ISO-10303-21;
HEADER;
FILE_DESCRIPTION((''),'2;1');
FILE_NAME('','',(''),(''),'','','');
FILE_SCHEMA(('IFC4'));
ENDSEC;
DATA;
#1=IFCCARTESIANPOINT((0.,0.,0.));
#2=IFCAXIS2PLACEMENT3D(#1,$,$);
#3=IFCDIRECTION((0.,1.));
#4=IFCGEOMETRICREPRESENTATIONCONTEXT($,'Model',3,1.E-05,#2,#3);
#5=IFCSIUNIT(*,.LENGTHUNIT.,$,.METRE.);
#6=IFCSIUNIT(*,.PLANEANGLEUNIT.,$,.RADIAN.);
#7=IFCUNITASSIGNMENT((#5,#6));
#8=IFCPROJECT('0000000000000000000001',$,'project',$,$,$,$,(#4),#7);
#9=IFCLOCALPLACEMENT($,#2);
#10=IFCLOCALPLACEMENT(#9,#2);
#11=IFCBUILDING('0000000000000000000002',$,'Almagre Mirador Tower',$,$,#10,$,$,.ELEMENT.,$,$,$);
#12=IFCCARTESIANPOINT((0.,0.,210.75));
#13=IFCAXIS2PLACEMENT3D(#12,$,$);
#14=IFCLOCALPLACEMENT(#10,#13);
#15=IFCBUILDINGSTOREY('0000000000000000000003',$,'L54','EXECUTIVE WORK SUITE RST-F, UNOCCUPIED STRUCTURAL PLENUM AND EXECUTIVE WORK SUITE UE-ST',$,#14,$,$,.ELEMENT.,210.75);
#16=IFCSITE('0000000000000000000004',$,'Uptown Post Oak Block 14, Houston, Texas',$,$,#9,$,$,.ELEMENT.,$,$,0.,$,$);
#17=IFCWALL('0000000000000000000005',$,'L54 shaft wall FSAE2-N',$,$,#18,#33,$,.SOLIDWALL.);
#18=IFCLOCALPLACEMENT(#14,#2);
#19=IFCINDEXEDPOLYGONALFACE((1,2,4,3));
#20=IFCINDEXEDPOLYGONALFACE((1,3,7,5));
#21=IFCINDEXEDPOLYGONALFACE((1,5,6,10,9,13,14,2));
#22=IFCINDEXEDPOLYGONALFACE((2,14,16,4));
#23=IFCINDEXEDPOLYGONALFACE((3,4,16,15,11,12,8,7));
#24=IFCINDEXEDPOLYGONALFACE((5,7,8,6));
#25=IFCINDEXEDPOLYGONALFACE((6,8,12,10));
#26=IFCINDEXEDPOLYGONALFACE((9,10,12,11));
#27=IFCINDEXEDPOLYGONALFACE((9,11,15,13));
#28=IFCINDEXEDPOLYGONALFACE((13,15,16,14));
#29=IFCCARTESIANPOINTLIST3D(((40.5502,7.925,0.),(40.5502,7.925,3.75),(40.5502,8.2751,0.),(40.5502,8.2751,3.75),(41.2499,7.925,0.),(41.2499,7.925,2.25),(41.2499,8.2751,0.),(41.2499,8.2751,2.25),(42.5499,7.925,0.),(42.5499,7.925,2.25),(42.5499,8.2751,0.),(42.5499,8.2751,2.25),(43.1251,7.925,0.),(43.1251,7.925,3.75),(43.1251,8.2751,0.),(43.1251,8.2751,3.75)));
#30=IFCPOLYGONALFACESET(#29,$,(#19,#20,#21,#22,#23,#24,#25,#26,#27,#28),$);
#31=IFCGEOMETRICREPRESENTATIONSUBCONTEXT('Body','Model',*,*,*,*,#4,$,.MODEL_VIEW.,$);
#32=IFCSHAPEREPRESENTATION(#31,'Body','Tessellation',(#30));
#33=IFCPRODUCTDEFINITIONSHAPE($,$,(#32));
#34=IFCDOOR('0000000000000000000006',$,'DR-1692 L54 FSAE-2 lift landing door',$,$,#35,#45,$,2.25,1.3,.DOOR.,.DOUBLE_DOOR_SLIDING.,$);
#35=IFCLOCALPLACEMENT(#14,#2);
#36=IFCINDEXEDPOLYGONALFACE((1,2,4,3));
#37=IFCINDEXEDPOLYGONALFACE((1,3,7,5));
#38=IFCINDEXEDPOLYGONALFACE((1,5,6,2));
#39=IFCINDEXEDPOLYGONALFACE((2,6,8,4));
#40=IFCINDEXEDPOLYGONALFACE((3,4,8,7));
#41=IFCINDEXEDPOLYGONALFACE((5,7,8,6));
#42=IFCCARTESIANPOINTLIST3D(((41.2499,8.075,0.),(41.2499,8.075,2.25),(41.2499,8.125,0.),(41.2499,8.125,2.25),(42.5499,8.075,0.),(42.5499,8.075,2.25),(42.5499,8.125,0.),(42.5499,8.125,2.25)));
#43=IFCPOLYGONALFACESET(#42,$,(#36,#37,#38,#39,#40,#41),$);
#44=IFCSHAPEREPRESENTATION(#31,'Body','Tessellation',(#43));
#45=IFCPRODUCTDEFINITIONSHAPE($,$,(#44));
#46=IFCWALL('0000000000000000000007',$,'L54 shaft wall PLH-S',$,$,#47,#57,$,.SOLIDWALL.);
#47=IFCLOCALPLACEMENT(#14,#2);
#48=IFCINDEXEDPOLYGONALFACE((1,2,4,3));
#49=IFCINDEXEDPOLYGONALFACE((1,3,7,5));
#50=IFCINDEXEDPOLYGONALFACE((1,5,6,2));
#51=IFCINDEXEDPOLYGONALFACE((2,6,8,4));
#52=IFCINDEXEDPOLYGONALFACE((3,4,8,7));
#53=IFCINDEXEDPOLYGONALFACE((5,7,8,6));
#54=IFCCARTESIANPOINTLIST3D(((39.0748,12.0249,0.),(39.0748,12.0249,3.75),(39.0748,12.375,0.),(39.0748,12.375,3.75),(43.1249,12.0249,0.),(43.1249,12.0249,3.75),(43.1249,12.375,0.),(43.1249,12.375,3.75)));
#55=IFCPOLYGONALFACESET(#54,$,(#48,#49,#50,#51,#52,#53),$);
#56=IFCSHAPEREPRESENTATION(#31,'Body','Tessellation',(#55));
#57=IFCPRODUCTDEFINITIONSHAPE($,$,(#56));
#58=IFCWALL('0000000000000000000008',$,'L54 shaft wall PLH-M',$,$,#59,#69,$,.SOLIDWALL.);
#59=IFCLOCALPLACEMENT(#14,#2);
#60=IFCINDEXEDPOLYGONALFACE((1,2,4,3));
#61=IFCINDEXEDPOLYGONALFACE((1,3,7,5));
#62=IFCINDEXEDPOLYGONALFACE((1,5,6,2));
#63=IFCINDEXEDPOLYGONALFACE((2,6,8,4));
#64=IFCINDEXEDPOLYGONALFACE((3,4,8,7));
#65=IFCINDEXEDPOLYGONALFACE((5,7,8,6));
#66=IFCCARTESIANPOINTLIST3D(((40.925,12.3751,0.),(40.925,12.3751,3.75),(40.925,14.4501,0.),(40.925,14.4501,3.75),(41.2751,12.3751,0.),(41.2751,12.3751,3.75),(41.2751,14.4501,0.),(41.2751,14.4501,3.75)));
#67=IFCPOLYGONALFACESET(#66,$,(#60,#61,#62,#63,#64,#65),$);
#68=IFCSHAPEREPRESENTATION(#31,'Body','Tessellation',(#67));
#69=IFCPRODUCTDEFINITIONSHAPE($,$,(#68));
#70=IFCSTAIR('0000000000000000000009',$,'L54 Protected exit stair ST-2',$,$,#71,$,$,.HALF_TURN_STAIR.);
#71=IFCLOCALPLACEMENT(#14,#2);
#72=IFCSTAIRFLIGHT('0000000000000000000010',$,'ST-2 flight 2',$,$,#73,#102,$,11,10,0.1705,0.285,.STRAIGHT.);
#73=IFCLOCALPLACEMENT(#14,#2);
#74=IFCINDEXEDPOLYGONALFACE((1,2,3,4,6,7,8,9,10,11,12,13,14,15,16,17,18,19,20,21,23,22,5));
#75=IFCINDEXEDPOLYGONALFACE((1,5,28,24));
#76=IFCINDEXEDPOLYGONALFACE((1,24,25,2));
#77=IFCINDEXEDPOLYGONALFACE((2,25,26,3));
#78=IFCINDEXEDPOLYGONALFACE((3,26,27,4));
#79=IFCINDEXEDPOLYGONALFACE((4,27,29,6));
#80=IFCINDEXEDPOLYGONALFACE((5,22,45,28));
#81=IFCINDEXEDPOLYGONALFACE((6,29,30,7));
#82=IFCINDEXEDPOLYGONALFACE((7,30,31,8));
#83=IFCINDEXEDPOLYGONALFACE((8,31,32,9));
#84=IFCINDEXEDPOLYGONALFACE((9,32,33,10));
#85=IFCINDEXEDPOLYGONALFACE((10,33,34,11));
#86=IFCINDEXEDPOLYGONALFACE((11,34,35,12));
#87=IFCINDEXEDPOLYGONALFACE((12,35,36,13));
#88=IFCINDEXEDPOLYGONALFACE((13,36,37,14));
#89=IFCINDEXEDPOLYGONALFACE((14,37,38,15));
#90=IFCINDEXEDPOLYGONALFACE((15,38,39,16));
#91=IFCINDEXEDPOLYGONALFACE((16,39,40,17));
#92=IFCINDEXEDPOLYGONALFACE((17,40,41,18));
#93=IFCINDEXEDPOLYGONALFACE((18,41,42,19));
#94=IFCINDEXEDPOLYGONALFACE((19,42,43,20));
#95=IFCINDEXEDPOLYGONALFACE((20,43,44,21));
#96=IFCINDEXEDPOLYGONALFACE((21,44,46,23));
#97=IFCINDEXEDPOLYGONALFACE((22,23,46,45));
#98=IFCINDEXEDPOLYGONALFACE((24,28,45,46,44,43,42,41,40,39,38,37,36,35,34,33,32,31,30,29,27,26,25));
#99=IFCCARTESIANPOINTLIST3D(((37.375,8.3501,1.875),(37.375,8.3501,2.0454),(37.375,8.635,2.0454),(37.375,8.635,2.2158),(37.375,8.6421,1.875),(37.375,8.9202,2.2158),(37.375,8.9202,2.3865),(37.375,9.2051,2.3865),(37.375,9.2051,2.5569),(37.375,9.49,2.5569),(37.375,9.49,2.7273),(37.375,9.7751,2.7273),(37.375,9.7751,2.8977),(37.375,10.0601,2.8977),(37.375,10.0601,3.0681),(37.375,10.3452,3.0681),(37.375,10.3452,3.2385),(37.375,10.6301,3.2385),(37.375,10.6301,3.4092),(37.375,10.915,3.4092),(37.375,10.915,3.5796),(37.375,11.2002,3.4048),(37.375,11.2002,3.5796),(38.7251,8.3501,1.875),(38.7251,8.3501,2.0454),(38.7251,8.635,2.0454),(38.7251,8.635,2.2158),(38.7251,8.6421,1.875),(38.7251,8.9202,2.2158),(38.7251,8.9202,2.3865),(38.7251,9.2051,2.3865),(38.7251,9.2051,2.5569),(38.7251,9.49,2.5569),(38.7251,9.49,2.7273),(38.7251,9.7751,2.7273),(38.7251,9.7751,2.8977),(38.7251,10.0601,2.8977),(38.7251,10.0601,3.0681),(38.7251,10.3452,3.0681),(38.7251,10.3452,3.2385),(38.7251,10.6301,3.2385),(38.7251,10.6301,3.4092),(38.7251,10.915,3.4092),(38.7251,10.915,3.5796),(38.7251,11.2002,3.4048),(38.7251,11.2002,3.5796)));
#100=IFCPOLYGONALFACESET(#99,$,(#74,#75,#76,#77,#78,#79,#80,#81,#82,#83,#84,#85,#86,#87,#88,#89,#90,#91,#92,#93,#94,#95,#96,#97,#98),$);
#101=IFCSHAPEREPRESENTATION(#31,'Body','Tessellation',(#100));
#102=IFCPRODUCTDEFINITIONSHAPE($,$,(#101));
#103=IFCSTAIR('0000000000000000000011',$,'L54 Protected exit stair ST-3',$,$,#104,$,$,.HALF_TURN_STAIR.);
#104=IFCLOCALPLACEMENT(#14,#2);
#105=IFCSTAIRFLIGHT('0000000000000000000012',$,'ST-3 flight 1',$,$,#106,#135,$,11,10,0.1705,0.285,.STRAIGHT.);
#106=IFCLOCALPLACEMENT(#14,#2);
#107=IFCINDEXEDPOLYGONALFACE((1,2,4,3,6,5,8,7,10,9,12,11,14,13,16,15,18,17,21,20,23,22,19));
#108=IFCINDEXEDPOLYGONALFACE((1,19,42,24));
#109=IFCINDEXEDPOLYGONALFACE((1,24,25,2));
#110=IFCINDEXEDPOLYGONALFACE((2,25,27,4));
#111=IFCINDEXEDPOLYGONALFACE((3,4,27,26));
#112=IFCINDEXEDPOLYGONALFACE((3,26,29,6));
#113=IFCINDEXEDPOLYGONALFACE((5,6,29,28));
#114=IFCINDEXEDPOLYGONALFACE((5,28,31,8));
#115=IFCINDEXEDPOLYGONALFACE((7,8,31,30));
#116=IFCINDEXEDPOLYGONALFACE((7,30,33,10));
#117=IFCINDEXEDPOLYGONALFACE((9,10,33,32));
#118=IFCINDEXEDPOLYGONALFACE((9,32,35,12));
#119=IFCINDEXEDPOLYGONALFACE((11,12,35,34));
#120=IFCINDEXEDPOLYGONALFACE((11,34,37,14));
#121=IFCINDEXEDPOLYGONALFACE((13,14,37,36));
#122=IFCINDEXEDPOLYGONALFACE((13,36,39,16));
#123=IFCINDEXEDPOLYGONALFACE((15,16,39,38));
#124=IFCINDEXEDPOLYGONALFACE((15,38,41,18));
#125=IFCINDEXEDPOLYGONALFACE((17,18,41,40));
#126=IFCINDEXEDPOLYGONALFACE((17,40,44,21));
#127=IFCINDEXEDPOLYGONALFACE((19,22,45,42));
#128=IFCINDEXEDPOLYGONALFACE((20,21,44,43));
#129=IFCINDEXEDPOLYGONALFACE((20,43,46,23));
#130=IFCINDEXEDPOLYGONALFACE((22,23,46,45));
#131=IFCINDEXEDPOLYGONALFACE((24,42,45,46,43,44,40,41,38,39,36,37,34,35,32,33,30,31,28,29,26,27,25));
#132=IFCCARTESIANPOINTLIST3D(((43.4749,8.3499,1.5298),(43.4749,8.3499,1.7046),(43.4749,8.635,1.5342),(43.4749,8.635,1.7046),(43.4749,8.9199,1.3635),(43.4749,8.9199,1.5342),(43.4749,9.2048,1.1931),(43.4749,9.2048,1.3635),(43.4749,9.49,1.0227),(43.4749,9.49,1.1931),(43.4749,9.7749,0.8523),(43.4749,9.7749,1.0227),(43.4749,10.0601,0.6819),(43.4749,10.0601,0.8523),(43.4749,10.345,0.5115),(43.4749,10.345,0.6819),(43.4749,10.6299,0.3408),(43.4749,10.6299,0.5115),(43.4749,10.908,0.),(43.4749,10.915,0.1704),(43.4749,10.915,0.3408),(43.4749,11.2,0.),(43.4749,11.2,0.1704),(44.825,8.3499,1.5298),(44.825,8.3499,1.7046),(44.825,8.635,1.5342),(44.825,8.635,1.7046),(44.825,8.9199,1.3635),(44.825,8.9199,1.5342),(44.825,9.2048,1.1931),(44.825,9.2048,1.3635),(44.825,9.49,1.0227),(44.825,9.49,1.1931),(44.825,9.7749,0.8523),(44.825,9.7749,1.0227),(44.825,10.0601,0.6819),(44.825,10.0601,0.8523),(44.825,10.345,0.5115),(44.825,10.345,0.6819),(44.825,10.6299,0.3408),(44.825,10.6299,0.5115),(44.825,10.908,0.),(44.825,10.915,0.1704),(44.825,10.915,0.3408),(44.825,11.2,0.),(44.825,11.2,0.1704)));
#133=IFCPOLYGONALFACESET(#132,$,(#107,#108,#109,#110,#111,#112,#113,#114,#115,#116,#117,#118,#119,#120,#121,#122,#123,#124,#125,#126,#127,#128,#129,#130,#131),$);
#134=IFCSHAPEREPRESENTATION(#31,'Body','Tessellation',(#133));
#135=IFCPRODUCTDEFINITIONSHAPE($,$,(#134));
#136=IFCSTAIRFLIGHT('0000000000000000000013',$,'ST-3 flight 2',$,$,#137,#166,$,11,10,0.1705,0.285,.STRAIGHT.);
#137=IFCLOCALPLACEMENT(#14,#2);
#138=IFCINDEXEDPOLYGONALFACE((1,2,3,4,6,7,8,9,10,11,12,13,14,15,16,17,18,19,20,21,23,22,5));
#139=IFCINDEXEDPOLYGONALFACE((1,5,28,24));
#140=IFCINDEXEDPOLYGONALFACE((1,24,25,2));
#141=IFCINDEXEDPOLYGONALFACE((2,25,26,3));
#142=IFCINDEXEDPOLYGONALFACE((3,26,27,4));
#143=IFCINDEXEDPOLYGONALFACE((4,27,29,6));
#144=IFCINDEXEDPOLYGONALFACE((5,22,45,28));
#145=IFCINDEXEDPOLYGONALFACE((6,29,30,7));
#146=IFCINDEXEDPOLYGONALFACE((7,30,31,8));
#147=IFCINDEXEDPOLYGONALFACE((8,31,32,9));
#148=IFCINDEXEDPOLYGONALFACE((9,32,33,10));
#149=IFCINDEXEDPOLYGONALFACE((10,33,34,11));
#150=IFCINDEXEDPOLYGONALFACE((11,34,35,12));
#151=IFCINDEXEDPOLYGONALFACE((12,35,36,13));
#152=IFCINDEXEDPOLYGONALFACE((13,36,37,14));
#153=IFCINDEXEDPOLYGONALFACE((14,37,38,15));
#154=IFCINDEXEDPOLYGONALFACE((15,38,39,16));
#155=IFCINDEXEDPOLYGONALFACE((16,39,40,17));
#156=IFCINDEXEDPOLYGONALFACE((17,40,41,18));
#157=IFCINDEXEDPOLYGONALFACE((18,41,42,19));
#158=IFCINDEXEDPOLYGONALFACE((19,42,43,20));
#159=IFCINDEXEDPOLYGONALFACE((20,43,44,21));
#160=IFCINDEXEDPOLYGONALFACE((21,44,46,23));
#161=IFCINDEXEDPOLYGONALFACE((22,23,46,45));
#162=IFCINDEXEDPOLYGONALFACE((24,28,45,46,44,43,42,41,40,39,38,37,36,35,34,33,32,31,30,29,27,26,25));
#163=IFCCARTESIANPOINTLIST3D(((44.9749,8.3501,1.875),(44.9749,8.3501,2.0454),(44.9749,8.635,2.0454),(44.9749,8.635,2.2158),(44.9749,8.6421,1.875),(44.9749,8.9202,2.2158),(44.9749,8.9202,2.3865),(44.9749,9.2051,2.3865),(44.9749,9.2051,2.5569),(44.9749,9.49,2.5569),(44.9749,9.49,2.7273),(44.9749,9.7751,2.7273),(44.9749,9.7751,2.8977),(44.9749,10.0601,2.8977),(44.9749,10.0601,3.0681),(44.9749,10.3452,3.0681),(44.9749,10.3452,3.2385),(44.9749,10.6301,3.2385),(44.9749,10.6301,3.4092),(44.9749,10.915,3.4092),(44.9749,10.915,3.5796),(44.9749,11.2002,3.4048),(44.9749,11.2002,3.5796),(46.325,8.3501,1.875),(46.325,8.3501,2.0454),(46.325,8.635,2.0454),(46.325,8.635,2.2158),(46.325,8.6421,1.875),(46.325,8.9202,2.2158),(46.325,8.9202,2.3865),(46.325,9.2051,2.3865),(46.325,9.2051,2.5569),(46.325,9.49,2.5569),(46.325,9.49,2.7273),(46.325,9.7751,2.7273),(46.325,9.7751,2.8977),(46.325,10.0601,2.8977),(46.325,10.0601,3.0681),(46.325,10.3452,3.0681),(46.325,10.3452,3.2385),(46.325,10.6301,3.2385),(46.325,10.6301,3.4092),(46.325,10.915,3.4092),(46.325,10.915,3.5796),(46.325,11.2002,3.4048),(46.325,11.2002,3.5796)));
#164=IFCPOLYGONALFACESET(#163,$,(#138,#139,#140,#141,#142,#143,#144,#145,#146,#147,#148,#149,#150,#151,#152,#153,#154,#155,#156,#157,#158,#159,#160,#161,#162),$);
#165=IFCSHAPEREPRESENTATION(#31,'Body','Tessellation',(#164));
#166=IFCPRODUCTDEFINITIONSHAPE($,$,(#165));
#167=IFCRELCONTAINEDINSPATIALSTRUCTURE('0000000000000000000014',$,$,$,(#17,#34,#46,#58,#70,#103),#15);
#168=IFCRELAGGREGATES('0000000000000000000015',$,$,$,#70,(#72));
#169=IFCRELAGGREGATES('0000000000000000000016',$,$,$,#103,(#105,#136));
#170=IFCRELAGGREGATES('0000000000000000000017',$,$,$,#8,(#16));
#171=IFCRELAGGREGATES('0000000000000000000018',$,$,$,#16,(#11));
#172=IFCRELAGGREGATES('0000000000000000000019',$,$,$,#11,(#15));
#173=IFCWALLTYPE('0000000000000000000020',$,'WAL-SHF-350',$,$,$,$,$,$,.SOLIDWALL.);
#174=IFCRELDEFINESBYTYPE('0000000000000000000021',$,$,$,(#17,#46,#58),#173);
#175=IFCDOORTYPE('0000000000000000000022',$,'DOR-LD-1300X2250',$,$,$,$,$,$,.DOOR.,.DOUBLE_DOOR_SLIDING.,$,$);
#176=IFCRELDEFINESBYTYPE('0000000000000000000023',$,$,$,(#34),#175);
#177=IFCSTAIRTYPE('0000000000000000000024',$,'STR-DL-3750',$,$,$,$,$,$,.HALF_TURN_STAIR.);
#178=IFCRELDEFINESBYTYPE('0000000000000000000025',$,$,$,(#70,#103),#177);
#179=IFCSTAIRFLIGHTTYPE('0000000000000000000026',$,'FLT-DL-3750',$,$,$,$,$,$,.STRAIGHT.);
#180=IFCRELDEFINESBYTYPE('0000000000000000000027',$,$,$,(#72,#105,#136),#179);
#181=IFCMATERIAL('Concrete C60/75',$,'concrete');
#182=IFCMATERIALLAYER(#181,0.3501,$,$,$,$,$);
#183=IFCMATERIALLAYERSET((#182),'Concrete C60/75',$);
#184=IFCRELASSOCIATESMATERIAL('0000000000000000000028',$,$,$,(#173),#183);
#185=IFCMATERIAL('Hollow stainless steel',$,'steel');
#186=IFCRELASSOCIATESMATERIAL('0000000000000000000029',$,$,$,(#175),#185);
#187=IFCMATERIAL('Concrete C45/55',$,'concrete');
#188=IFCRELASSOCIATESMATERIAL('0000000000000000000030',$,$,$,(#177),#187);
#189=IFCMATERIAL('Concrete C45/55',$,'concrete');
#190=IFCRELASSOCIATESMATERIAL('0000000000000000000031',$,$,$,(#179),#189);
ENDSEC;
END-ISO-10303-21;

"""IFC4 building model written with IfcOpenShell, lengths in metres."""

from ifc_helpers import new_model, si_unit, direction, frame, frame_2d, origin, place, context, subcontext, project, spatial, polyline, rectangle, outline, extrude, material, layer, layer_set, type_object, element, fill, aggregate, save


model = new_model("IFC4")

# Units and contexts
model_context = context("Model", 3, precision=1e-05, world=origin(), true_north=direction((0.0, 1.0)))
body_context = subcontext(model_context, "Body", "Model", "MODEL_VIEW")
ifc_project = project(units=[si_unit("LENGTHUNIT", "METRE"), si_unit("PLANEANGLEUNIT", "RADIAN")], contexts=[model_context])

# Site, building, storey
site_placement = place(None, origin())
site = spatial("IfcSite", under=ifc_project, at=site_placement, Name="Uptown Post Oak Block 14, Houston, Texas", CompositionType="ELEMENT", RefElevation=0.0)
building_placement = place(site_placement, origin())
building = spatial("IfcBuilding", under=site, at=building_placement, Name="Almagre Mirador Tower", CompositionType="ELEMENT")
storey_placement = place(building_placement, frame((0.0, 0.0, 210.75)))
storey = spatial("IfcBuildingStorey", under=building, at=storey_placement, Name="L54", Description="EXECUTIVE WORK SUITE RST-F, UNOCCUPIED STRUCTURAL PLENUM AND EXECUTIVE WORK SUITE UE-ST", CompositionType="ELEMENT", Elevation=210.75)

# Wall, opening, door
ifc_material_1 = material(Name="Concrete C60/75", Category="concrete")
ifc_layer = layer(ifc_material_1, 0.3501)
ifc_layer_set = layer_set([ifc_layer], Name="Concrete C60/75")
wall_type = type_object("IfcWallType", Name="WAL-SHF-350", PredefinedType="SOLIDWALL", material=ifc_layer_set)
wall_1_placement = place(storey_placement, frame((40.55, 8.1001, 0.0), z_axis=(0.0, 0.0, 1.0), x_axis=(1.0, 0.0, 0.0)))
wall_1 = element("IfcWall", 1, at=wall_1_placement, inside=storey, type_object=wall_type, Name="L54 shaft wall FSAE2-N", PredefinedType="SOLIDWALL", context=body_context, shape_type="SweptSolid", body=[
    extrude(rectangle(XDim=2.575, YDim=0.3501, at=frame_2d((1.2876, 0.0))), origin(), (0.0, 0.0, 1.0), 3.75),
])
opening_placement = place(wall_1_placement, frame((0.7, 0.0, 0.0)))
opening = element("IfcOpeningElement", 2, at=opening_placement, cuts=wall_1, PredefinedType="OPENING", context=body_context, shape_type="SweptSolid", body=[
    extrude(rectangle(XDim=1.3, YDim=2.25, at=frame_2d((0.6499, 1.125))), frame((0.0, 0.185, 0.0), z_axis=(0.0, -1.0, 0.0), x_axis=(1.0, 0.0, 0.0)), (0.0, 0.0, 1.0), 0.3701),
])
ifc_material_2 = material(Name="Hollow stainless steel", Category="steel")
door_type = type_object("IfcDoorType", Name="DOR-LD-1300X2250", OperationType="DOUBLE_DOOR_SLIDING", PredefinedType="DOOR", material=ifc_material_2)
door_placement = place(opening_placement, origin())
door = element("IfcDoor", 3, at=door_placement, inside=storey, type_object=door_type, Name="DR-1692 L54 FSAE-2 lift landing door", OperationType="DOUBLE_DOOR_SLIDING", OverallHeight=2.25, OverallWidth=1.3, PredefinedType="DOOR", context=body_context, shape_type="SweptSolid", body=[
    extrude(rectangle(XDim=1.3, YDim=2.25, at=frame_2d((0.6499, 1.125))), frame((0.0, 0.0249, 0.0), z_axis=(0.0, -1.0, 0.0), x_axis=(1.0, 0.0, 0.0)), (0.0, 0.0, 1.0), 0.05),
])
fill(opening, door)

# Walls
wall_2_placement = place(storey_placement, frame((39.075, 12.2, 0.0), z_axis=(0.0, 0.0, 1.0), x_axis=(1.0, 0.0, 0.0)))
element("IfcWall", 4, at=wall_2_placement, inside=storey, type_object=wall_type, Name="L54 shaft wall PLH-S", PredefinedType="SOLIDWALL", context=body_context, shape_type="SweptSolid", body=[
    extrude(rectangle(XDim=4.05, YDim=0.3501, at=frame_2d((2.0249, 0.0))), origin(), (0.0, 0.0, 1.0), 3.75),
])
wall_3_placement = place(storey_placement, frame((41.1001, 12.375, 0.0), z_axis=(0.0, 0.0, 1.0), x_axis=(0.0, 1.0, 0.0)))
element("IfcWall", 5, at=wall_3_placement, inside=storey, type_object=wall_type, Name="L54 shaft wall PLH-M", PredefinedType="SOLIDWALL", context=body_context, shape_type="SweptSolid", body=[
    extrude(rectangle(XDim=2.075, YDim=0.3501, at=frame_2d((1.0376, 0.0))), origin(), (0.0, 0.0, 1.0), 3.75),
])

# Stair, stair flight
ifc_material_3 = material(Name="Concrete C45/55", Category="concrete")
stair_type = type_object("IfcStairType", Name="STR-DL-3750", PredefinedType="HALF_TURN_STAIR", material=ifc_material_3)
stair_1_placement = place(storey_placement, origin())
stair_1 = element("IfcStair", 6, at=stair_1_placement, inside=storey, type_object=stair_type, Name="L54 Protected exit stair ST-2", PredefinedType="HALF_TURN_STAIR")
ifc_material_4 = material(Name="Concrete C45/55", Category="concrete")
stair_flight_type = type_object("IfcStairFlightType", Name="FLT-DL-3750", PredefinedType="STRAIGHT", material=ifc_material_4)
stair_flight_1_placement = place(storey_placement, frame((38.05, 8.3501, 1.875), z_axis=(0.0, 0.0, 1.0), x_axis=(0.0, 1.0, 0.0)))
stair_flight_1 = element("IfcStairFlight", 7, at=stair_flight_1_placement, type_object=stair_flight_type, Name="ST-2 flight 2", NumberOfRisers=11, NumberOfTreads=10, PredefinedType="STRAIGHT", RiserHeight=0.1705, TreadLength=0.285, context=body_context, shape_type="SweptSolid", body=[
    extrude(outline(polyline([(0.0, 0.0), (0.0, 0.1704), (0.2849, 0.1704), (0.2849, 0.3408), (0.5701, 0.3408), (0.5701, 0.5115), (0.855, 0.5115), (0.855, 0.6819), (1.1399, 0.6819), (1.1399, 0.8523), (1.425, 0.8523), (1.425, 1.0227), (1.71, 1.0227), (1.71, 1.1931), (1.9951, 1.1931), (1.9951, 1.3635), (2.28, 1.3635), (2.28, 1.5342), (2.5649, 1.5342), (2.5649, 1.7046), (2.8501, 1.7046), (2.8501, 1.875), (2.8501, 1.5298), (0.292, 0.0), (0.0, 0.0)])), frame((0.0, 0.675, 0.0), z_axis=(0.0, -1.0, 0.0), x_axis=(1.0, 0.0, 0.0)), (0.0, 0.0, 1.0), 1.3501),
])
aggregate(stair_1, [stair_flight_1])

# Stair, stair flights
stair_2_placement = place(storey_placement, origin())
stair_2 = element("IfcStair", 8, at=stair_2_placement, inside=storey, type_object=stair_type, Name="L54 Protected exit stair ST-3", PredefinedType="HALF_TURN_STAIR")
stair_flight_2_placement = place(storey_placement, frame((44.1499, 11.2, 0.0), z_axis=(0.0, 0.0, 1.0), x_axis=(0.0, -1.0, 0.0)))
stair_flight_2 = element("IfcStairFlight", 9, at=stair_flight_2_placement, type_object=stair_flight_type, Name="ST-3 flight 1", NumberOfRisers=11, NumberOfTreads=10, PredefinedType="STRAIGHT", RiserHeight=0.1705, TreadLength=0.285, context=body_context, shape_type="SweptSolid", body=[
    extrude(outline(polyline([(0.0, 0.0), (0.0, 0.1704), (0.2849, 0.1704), (0.2849, 0.3408), (0.5701, 0.3408), (0.5701, 0.5115), (0.855, 0.5115), (0.855, 0.6819), (1.1399, 0.6819), (1.1399, 0.8523), (1.425, 0.8523), (1.425, 1.0227), (1.71, 1.0227), (1.71, 1.1931), (1.9951, 1.1931), (1.9951, 1.3635), (2.28, 1.3635), (2.28, 1.5342), (2.5649, 1.5342), (2.5649, 1.7046), (2.8501, 1.7046), (2.8501, 1.875), (2.8501, 1.5298), (0.292, 0.0), (0.0, 0.0)])), frame((0.0, 0.675, 0.0), z_axis=(0.0, -1.0, 0.0), x_axis=(1.0, 0.0, 0.0)), (0.0, 0.0, 1.0), 1.3501),
])
stair_flight_3_placement = place(storey_placement, frame((45.6499, 8.3501, 1.875), z_axis=(0.0, 0.0, 1.0), x_axis=(0.0, 1.0, 0.0)))
stair_flight_3 = element("IfcStairFlight", 10, at=stair_flight_3_placement, type_object=stair_flight_type, Name="ST-3 flight 2", NumberOfRisers=11, NumberOfTreads=10, PredefinedType="STRAIGHT", RiserHeight=0.1705, TreadLength=0.285, context=body_context, shape_type="SweptSolid", body=[
    extrude(outline(polyline([(0.0, 0.0), (0.0, 0.1704), (0.2849, 0.1704), (0.2849, 0.3408), (0.5701, 0.3408), (0.5701, 0.5115), (0.855, 0.5115), (0.855, 0.6819), (1.1399, 0.6819), (1.1399, 0.8523), (1.425, 0.8523), (1.425, 1.0227), (1.71, 1.0227), (1.71, 1.1931), (1.9951, 1.1931), (1.9951, 1.3635), (2.28, 1.3635), (2.28, 1.5342), (2.5649, 1.5342), (2.5649, 1.7046), (2.8501, 1.7046), (2.8501, 1.875), (2.8501, 1.5298), (0.292, 0.0), (0.0, 0.0)])), frame((0.0, 0.675, 0.0), z_axis=(0.0, -1.0, 0.0), x_axis=(1.0, 0.0, 0.0)), (0.0, 0.0, 1.0), 1.3501),
])
aggregate(stair_2, [stair_flight_2, stair_flight_3])

save(model, "model.ifc")
